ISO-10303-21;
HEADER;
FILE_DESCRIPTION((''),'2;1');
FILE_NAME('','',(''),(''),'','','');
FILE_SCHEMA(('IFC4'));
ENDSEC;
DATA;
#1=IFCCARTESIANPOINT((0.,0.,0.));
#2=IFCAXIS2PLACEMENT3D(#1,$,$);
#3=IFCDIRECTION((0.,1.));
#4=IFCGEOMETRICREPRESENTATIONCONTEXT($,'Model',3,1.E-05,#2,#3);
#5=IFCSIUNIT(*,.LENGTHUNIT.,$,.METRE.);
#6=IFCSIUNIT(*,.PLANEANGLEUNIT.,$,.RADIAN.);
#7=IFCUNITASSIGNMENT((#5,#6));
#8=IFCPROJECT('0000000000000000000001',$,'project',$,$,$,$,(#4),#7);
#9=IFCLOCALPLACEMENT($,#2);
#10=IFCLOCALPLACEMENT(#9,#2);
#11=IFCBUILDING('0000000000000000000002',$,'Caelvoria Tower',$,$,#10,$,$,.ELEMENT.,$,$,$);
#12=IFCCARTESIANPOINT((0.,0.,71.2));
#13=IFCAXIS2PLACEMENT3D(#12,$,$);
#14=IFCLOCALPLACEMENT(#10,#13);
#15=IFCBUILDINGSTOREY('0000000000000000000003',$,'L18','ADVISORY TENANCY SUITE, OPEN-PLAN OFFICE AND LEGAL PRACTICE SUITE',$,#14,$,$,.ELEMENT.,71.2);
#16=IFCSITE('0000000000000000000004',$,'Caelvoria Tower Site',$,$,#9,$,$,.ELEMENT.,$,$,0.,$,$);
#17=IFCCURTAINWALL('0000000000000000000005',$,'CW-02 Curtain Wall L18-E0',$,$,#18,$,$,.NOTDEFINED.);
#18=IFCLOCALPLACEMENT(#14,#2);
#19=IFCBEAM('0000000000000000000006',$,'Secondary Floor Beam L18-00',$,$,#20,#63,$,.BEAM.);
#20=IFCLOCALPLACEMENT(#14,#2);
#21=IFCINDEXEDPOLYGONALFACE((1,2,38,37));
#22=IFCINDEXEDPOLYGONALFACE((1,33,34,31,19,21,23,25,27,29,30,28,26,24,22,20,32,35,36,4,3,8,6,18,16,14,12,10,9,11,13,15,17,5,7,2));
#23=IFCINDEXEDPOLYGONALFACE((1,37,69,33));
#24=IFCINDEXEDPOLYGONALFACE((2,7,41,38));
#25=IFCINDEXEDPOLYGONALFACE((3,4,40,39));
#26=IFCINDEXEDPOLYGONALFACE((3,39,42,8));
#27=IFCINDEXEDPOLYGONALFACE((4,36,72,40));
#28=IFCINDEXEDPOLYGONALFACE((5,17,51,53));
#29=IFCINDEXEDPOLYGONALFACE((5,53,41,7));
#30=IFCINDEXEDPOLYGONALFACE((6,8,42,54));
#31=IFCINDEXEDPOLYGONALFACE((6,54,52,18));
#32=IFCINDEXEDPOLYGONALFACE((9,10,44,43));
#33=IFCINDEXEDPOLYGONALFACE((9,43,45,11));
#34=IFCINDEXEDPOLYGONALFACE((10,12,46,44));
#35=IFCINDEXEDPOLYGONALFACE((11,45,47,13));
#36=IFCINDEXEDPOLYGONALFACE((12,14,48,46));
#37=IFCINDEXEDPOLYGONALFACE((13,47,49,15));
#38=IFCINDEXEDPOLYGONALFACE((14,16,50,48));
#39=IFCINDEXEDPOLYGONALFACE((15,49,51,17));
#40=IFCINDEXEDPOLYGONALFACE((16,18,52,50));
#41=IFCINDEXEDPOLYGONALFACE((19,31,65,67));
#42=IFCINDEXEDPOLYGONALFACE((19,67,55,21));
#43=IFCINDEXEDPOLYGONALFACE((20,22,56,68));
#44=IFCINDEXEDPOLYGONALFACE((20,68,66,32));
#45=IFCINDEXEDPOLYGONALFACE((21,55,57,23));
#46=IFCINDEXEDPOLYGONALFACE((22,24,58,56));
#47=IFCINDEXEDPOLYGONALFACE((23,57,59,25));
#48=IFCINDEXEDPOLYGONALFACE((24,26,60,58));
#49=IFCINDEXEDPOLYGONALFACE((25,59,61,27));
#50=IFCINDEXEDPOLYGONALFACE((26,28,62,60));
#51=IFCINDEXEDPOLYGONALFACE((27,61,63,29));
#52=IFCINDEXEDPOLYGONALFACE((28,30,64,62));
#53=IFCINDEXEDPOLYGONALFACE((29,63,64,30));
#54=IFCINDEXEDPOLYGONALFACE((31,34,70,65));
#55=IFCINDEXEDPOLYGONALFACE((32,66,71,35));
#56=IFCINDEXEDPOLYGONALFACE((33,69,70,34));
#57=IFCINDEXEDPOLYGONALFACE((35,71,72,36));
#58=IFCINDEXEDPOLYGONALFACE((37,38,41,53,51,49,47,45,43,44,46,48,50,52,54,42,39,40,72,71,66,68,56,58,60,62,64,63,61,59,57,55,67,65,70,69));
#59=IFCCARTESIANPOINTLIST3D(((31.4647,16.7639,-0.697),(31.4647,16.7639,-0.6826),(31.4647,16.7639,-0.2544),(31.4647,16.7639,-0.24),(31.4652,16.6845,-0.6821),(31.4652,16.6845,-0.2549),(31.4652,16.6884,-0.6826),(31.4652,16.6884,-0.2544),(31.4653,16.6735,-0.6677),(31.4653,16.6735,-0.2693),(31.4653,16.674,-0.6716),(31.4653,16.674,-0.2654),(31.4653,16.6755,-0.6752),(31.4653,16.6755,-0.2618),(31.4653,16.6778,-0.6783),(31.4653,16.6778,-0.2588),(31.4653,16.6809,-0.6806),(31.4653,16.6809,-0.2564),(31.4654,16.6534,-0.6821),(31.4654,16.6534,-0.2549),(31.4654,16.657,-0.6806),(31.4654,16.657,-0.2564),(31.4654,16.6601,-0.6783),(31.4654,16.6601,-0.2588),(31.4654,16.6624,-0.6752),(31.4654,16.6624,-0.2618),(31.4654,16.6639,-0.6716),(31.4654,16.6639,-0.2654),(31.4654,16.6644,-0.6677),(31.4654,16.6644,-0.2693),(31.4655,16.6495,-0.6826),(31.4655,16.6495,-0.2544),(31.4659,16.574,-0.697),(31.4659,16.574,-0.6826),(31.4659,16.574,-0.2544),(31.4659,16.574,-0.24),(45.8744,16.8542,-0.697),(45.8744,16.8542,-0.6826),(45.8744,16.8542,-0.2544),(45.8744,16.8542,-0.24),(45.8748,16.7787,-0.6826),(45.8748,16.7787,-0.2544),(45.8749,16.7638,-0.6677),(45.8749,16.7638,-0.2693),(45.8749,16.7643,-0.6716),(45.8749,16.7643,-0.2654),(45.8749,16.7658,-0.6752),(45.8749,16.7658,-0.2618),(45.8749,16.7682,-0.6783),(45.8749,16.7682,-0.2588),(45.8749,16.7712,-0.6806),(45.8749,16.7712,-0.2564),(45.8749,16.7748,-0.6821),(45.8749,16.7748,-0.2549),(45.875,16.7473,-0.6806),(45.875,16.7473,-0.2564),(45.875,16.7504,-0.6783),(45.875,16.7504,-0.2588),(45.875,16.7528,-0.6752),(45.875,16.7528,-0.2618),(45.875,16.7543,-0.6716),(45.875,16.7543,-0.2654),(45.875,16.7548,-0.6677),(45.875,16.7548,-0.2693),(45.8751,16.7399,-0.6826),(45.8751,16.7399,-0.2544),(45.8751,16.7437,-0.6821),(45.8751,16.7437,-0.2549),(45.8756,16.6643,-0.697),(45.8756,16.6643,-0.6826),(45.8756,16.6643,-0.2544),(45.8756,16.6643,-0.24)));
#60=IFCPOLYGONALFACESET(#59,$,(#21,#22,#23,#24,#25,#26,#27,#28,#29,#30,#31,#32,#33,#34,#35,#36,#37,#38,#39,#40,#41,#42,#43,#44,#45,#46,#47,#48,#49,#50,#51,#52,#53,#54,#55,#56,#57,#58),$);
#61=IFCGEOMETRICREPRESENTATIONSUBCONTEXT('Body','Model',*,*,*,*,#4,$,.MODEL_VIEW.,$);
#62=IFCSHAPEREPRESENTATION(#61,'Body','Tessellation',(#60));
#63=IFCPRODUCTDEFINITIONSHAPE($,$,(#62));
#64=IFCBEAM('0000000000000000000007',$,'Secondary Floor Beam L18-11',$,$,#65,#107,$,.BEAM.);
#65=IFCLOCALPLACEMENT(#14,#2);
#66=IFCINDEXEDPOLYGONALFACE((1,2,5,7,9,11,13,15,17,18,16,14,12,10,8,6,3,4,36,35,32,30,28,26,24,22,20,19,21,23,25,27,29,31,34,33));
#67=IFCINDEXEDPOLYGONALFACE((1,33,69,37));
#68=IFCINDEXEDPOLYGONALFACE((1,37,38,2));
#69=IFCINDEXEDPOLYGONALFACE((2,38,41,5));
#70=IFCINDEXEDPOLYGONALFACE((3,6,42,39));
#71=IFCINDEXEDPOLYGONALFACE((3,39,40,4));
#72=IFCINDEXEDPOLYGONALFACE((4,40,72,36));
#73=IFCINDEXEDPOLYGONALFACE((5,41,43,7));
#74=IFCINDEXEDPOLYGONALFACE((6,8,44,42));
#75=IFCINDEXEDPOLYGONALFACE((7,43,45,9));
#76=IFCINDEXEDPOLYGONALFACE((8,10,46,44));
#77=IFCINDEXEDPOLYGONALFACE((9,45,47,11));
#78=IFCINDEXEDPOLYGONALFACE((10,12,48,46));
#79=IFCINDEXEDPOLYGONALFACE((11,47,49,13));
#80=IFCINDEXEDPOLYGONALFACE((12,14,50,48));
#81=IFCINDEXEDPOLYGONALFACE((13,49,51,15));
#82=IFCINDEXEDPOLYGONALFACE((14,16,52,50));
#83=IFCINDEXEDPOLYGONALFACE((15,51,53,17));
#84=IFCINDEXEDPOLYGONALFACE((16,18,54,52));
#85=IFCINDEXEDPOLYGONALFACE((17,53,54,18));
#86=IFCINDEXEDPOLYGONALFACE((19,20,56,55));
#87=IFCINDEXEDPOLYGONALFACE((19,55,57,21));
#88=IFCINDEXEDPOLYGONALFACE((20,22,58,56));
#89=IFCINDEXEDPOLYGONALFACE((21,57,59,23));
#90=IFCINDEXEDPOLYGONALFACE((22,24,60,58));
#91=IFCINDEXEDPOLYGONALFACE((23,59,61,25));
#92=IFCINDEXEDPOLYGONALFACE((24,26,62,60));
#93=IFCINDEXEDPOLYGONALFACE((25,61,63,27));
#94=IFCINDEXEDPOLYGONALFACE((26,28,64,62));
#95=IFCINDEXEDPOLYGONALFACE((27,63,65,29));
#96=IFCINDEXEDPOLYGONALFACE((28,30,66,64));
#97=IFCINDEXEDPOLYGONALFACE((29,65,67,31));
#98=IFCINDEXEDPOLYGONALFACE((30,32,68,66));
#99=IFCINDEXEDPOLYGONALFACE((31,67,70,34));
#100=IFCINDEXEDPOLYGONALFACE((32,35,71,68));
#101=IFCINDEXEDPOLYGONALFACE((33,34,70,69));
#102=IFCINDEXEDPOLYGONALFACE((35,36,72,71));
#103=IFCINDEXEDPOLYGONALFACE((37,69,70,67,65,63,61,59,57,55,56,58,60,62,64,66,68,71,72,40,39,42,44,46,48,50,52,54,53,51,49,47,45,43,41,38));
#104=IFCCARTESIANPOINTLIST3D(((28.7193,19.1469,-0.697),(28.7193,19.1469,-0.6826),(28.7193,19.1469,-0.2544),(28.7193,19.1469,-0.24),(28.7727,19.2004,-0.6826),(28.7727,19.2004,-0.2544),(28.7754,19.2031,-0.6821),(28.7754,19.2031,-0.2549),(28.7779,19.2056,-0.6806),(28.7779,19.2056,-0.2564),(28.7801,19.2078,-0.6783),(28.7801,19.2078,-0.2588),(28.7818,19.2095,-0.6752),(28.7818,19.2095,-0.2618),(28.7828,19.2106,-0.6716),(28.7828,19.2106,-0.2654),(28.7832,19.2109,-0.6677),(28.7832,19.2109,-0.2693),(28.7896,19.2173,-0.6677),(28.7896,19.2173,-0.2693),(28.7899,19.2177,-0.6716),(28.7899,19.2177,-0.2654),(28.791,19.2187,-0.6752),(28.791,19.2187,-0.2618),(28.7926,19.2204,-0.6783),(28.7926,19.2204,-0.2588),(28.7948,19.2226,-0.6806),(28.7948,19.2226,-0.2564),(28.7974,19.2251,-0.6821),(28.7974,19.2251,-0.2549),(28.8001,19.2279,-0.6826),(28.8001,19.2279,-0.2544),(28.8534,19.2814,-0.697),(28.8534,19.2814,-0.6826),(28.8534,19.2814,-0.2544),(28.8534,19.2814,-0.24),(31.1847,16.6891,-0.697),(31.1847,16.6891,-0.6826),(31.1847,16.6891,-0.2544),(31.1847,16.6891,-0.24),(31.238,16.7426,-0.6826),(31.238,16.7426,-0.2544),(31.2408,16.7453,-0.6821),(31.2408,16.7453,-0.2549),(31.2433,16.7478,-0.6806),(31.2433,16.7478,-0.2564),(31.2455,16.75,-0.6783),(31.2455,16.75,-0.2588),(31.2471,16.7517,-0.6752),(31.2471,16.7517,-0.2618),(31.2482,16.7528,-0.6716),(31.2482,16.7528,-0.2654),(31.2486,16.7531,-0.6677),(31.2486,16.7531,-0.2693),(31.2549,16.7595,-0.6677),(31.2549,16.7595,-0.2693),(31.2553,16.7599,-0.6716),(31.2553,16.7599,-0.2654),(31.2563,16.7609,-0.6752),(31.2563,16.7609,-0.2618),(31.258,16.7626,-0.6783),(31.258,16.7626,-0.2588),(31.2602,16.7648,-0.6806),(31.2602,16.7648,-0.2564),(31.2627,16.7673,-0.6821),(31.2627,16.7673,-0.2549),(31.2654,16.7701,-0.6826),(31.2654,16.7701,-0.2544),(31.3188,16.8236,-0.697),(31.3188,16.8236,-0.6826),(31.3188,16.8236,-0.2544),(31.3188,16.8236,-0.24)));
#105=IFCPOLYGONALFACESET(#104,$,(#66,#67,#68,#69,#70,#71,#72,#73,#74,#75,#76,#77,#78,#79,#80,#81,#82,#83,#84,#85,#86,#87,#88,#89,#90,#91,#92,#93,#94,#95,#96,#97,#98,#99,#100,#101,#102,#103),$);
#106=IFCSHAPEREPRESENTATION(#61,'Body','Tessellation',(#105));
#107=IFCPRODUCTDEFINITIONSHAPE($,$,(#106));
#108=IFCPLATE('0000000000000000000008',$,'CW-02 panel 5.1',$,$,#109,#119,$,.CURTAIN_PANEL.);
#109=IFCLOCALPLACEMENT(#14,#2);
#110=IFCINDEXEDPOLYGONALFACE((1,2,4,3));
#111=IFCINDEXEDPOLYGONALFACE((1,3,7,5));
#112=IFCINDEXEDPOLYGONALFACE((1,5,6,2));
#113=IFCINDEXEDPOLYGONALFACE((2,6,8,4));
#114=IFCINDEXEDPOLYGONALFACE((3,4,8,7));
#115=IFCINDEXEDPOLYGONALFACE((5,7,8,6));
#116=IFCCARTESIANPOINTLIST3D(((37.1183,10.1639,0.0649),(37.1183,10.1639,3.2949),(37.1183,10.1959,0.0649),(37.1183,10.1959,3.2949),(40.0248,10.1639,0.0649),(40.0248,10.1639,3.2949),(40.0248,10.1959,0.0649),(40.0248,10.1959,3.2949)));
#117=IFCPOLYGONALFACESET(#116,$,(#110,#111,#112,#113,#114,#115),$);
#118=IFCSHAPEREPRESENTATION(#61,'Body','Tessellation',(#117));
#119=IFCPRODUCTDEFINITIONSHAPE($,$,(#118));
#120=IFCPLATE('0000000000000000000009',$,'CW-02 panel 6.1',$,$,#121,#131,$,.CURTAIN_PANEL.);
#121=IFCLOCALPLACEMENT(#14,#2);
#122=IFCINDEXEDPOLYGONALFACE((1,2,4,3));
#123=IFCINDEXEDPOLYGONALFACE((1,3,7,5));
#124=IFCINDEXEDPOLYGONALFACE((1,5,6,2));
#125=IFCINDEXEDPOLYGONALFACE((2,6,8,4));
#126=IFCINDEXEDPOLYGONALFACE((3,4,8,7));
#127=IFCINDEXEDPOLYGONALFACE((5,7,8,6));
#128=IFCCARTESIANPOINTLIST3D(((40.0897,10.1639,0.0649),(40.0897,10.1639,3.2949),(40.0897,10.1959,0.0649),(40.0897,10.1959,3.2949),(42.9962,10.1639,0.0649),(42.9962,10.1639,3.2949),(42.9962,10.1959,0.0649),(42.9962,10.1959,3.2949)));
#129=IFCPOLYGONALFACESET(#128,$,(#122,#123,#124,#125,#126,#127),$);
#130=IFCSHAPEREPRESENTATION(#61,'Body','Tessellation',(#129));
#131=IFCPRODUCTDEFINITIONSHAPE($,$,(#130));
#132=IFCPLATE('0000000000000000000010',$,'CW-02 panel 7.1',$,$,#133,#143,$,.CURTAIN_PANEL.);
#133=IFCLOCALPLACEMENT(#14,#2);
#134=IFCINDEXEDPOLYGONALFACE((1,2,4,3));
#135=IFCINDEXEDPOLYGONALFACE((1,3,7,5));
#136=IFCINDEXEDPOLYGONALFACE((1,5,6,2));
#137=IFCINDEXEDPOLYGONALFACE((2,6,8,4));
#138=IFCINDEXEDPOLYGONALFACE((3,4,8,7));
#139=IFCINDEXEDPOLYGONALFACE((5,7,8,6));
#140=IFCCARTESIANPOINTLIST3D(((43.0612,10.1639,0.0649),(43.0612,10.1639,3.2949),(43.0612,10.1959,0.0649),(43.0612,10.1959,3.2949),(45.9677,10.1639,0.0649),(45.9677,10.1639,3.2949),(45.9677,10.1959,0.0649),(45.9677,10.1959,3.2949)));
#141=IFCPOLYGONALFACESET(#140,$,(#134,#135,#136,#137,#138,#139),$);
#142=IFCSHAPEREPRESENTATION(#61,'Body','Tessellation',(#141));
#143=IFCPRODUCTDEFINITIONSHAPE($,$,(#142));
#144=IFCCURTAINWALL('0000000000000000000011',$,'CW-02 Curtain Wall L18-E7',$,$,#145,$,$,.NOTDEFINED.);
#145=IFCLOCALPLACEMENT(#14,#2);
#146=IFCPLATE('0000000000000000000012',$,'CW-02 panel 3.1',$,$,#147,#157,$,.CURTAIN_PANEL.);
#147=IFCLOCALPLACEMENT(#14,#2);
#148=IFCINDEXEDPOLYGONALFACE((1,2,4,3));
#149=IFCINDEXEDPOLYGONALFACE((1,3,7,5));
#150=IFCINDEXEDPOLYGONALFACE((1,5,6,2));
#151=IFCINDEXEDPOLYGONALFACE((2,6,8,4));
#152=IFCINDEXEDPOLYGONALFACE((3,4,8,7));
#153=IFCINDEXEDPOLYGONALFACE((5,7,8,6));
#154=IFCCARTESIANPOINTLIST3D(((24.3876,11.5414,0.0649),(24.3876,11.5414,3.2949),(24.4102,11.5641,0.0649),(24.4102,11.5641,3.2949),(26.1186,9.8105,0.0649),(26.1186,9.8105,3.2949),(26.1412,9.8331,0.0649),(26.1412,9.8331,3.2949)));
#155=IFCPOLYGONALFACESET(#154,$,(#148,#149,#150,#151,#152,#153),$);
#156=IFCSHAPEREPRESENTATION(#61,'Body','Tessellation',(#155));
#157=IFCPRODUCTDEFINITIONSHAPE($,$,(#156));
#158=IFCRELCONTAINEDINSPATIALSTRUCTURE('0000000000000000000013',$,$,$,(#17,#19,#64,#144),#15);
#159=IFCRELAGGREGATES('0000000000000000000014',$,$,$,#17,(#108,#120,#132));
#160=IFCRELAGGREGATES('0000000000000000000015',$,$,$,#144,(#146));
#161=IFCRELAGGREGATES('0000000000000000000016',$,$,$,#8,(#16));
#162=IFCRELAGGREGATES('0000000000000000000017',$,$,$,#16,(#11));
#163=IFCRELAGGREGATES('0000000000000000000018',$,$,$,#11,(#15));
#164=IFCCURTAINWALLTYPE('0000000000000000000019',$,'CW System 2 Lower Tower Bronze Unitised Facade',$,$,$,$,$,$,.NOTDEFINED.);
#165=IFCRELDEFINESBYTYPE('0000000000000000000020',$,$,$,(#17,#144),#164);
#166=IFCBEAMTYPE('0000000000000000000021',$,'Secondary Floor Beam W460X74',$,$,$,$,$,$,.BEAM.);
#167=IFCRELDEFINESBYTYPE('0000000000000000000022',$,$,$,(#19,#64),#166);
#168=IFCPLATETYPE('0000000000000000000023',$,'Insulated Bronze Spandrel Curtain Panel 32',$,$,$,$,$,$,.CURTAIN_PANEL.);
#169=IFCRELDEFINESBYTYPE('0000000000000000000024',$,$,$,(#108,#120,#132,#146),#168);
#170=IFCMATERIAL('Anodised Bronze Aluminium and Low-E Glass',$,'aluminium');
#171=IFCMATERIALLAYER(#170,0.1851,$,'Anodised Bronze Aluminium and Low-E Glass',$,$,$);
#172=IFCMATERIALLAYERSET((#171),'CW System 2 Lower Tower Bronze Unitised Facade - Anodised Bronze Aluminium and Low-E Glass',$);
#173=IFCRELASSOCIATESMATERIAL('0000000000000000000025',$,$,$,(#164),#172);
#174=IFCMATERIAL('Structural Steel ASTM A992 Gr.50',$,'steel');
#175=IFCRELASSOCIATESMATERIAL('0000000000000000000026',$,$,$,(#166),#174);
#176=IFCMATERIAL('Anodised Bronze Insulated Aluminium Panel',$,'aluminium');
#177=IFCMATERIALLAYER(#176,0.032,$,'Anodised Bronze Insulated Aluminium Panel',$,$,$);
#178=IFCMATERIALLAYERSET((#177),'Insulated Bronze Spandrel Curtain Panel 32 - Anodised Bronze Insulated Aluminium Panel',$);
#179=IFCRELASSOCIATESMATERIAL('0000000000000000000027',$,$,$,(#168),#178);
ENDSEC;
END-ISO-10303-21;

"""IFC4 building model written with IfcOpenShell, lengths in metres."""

from ifc_helpers import new_model, si_unit, direction, frame, origin, origin_2d, place, context, subcontext, project, spatial, rectangle, i_section, extrude, material, layer, layer_set, material_profile, profile_set, type_object, element, aggregate, save


model = new_model("IFC4")

# Units and contexts
model_context = context("Model", 3, precision=1e-05, world=origin(), true_north=direction((0.0, 1.0)))
body_context = subcontext(model_context, "Body", "Model", "MODEL_VIEW")
ifc_project = project(units=[si_unit("LENGTHUNIT", "METRE"), si_unit("PLANEANGLEUNIT", "RADIAN")], contexts=[model_context])

# Site, building, storey
site_placement = place(None, origin())
site = spatial("IfcSite", under=ifc_project, at=site_placement, Name="Caelvoria Tower Site", CompositionType="ELEMENT", RefElevation=0.0)
building_placement = place(site_placement, origin())
building = spatial("IfcBuilding", under=site, at=building_placement, Name="Caelvoria Tower", CompositionType="ELEMENT")
storey_placement = place(building_placement, frame((0.0, 0.0, 71.2)))
storey = spatial("IfcBuildingStorey", under=building, at=storey_placement, Name="L18", Description="ADVISORY TENANCY SUITE, OPEN-PLAN OFFICE AND LEGAL PRACTICE SUITE", CompositionType="ELEMENT", Elevation=71.2)

# Curtain wall
ifc_material_1 = material(Name="Anodised Bronze Aluminium and Low-E Glass", Category="aluminium")
ifc_layer_1 = layer(ifc_material_1, 0.1851, Name="Anodised Bronze Aluminium and Low-E Glass")
ifc_layer_set_1 = layer_set([ifc_layer_1], Name="CW System 2 Lower Tower Bronze Unitised Facade - Anodised Bronze Aluminium and Low-E Glass")
curtain_wall_type = type_object("IfcCurtainWallType", Name="CW System 2 Lower Tower Bronze Unitised Facade", PredefinedType="NOTDEFINED", material=ifc_layer_set_1)
curtain_wall_1_placement = place(storey_placement, origin())
curtain_wall_1 = element("IfcCurtainWall", 1, at=curtain_wall_1_placement, inside=storey, type_object=curtain_wall_type, Name="CW-02 Curtain Wall L18-E0", PredefinedType="NOTDEFINED")

# Beams
ifc_material_2 = material(Name="Structural Steel ASTM A992 Gr.50", Category="steel")
ifc_material_profile_1 = material_profile(ifc_material_2, i_section(OverallWidth=0.1899, OverallDepth=0.457, WebThickness=0.009, FlangeThickness=0.0144, FilletRadius=0.0149, at=origin_2d()), Name="Structural Steel ASTM A992 Gr.50")
ifc_profile_set_1 = profile_set([ifc_material_profile_1], Name="W460X74 - Structural Steel ASTM A992 Gr.50")
beam_type = type_object("IfcBeamType", Name="Secondary Floor Beam W460X74", PredefinedType="BEAM", material=ifc_profile_set_1)
beam_1_placement = place(storey_placement, frame((31.4653, 16.6689, -0.4685), z_axis=(0.99998, 0.006269, 0.0), x_axis=(-0.006269, 0.99998, 0.0)))
element("IfcBeam", 2, at=beam_1_placement, inside=storey, type_object=beam_type, Name="Secondary Floor Beam L18-00", PredefinedType="BEAM", context=body_context, shape_type="SweptSolid", body=[
    extrude(i_section(OverallWidth=0.1899, OverallDepth=0.457, WebThickness=0.009, FlangeThickness=0.0144, FilletRadius=0.0149, at=origin_2d()), origin(), (0.0, 0.0, 1.0), 14.4099),
])
beam_2_placement = place(storey_placement, frame((28.7864, 19.2141, -0.4685), z_axis=(0.708193, -0.706019, 0.0), x_axis=(0.706019, 0.708193, 0.0)))
element("IfcBeam", 3, at=beam_2_placement, inside=storey, type_object=beam_type, Name="Secondary Floor Beam L18-11", PredefinedType="BEAM", context=body_context, shape_type="SweptSolid", body=[
    extrude(i_section(OverallWidth=0.1899, OverallDepth=0.457, WebThickness=0.009, FlangeThickness=0.0144, FilletRadius=0.0149, at=origin_2d()), origin(), (0.0, 0.0, 1.0), 3.4812),
])

# Plates
ifc_material_3 = material(Name="Anodised Bronze Insulated Aluminium Panel", Category="aluminium")
ifc_layer_2 = layer(ifc_material_3, 0.032, Name="Anodised Bronze Insulated Aluminium Panel")
ifc_layer_set_2 = layer_set([ifc_layer_2], Name="Insulated Bronze Spandrel Curtain Panel 32 - Anodised Bronze Insulated Aluminium Panel")
plate_type = type_object("IfcPlateType", Name="Insulated Bronze Spandrel Curtain Panel 32", PredefinedType="CURTAIN_PANEL", material=ifc_layer_set_2)
plate_1_placement = place(storey_placement, frame((38.5715, 10.1799, 0.0649), z_axis=(0.0, 0.0, 1.0), x_axis=(1.0, 0.0, 0.0)))
plate_1 = element("IfcPlate", 4, at=plate_1_placement, type_object=plate_type, Name="CW-02 panel 5.1", PredefinedType="CURTAIN_PANEL", context=body_context, shape_type="SweptSolid", body=[
    extrude(rectangle(XDim=2.9065, YDim=0.032, at=origin_2d()), origin(), (0.0, 0.0, 1.0), 3.23),
])
plate_2_placement = place(storey_placement, frame((41.543, 10.1799, 0.0649), z_axis=(0.0, 0.0, 1.0), x_axis=(1.0, 0.0, 0.0)))
plate_2 = element("IfcPlate", 5, at=plate_2_placement, type_object=plate_type, Name="CW-02 panel 6.1", PredefinedType="CURTAIN_PANEL", context=body_context, shape_type="SweptSolid", body=[
    extrude(rectangle(XDim=2.9065, YDim=0.032, at=origin_2d()), origin(), (0.0, 0.0, 1.0), 3.23),
])
plate_3_placement = place(storey_placement, frame((44.5144, 10.1799, 0.0649), z_axis=(0.0, 0.0, 1.0), x_axis=(1.0, 0.0, 0.0)))
plate_3 = element("IfcPlate", 6, at=plate_3_placement, type_object=plate_type, Name="CW-02 panel 7.1", PredefinedType="CURTAIN_PANEL", context=body_context, shape_type="SweptSolid", body=[
    extrude(rectangle(XDim=2.9065, YDim=0.032, at=origin_2d()), origin(), (0.0, 0.0, 1.0), 3.23),
])
aggregate(curtain_wall_1, [plate_1, plate_2, plate_3])

# Curtain wall, plate
curtain_wall_2_placement = place(storey_placement, origin())
curtain_wall_2 = element("IfcCurtainWall", 7, at=curtain_wall_2_placement, inside=storey, type_object=curtain_wall_type, Name="CW-02 Curtain Wall L18-E7", PredefinedType="NOTDEFINED")
plate_4_placement = place(storey_placement, frame((25.2644, 10.6873, 0.0649), z_axis=(0.0, 0.0, 1.0), x_axis=(0.707107, -0.707107, 0.0)))
plate_4 = element("IfcPlate", 8, at=plate_4_placement, type_object=plate_type, Name="CW-02 panel 3.1", PredefinedType="CURTAIN_PANEL", context=body_context, shape_type="SweptSolid", body=[
    extrude(rectangle(XDim=2.448, YDim=0.032, at=origin_2d()), origin(), (0.0, 0.0, 1.0), 3.23),
])
aggregate(curtain_wall_2, [plate_4])

save(model, "model.ifc")
